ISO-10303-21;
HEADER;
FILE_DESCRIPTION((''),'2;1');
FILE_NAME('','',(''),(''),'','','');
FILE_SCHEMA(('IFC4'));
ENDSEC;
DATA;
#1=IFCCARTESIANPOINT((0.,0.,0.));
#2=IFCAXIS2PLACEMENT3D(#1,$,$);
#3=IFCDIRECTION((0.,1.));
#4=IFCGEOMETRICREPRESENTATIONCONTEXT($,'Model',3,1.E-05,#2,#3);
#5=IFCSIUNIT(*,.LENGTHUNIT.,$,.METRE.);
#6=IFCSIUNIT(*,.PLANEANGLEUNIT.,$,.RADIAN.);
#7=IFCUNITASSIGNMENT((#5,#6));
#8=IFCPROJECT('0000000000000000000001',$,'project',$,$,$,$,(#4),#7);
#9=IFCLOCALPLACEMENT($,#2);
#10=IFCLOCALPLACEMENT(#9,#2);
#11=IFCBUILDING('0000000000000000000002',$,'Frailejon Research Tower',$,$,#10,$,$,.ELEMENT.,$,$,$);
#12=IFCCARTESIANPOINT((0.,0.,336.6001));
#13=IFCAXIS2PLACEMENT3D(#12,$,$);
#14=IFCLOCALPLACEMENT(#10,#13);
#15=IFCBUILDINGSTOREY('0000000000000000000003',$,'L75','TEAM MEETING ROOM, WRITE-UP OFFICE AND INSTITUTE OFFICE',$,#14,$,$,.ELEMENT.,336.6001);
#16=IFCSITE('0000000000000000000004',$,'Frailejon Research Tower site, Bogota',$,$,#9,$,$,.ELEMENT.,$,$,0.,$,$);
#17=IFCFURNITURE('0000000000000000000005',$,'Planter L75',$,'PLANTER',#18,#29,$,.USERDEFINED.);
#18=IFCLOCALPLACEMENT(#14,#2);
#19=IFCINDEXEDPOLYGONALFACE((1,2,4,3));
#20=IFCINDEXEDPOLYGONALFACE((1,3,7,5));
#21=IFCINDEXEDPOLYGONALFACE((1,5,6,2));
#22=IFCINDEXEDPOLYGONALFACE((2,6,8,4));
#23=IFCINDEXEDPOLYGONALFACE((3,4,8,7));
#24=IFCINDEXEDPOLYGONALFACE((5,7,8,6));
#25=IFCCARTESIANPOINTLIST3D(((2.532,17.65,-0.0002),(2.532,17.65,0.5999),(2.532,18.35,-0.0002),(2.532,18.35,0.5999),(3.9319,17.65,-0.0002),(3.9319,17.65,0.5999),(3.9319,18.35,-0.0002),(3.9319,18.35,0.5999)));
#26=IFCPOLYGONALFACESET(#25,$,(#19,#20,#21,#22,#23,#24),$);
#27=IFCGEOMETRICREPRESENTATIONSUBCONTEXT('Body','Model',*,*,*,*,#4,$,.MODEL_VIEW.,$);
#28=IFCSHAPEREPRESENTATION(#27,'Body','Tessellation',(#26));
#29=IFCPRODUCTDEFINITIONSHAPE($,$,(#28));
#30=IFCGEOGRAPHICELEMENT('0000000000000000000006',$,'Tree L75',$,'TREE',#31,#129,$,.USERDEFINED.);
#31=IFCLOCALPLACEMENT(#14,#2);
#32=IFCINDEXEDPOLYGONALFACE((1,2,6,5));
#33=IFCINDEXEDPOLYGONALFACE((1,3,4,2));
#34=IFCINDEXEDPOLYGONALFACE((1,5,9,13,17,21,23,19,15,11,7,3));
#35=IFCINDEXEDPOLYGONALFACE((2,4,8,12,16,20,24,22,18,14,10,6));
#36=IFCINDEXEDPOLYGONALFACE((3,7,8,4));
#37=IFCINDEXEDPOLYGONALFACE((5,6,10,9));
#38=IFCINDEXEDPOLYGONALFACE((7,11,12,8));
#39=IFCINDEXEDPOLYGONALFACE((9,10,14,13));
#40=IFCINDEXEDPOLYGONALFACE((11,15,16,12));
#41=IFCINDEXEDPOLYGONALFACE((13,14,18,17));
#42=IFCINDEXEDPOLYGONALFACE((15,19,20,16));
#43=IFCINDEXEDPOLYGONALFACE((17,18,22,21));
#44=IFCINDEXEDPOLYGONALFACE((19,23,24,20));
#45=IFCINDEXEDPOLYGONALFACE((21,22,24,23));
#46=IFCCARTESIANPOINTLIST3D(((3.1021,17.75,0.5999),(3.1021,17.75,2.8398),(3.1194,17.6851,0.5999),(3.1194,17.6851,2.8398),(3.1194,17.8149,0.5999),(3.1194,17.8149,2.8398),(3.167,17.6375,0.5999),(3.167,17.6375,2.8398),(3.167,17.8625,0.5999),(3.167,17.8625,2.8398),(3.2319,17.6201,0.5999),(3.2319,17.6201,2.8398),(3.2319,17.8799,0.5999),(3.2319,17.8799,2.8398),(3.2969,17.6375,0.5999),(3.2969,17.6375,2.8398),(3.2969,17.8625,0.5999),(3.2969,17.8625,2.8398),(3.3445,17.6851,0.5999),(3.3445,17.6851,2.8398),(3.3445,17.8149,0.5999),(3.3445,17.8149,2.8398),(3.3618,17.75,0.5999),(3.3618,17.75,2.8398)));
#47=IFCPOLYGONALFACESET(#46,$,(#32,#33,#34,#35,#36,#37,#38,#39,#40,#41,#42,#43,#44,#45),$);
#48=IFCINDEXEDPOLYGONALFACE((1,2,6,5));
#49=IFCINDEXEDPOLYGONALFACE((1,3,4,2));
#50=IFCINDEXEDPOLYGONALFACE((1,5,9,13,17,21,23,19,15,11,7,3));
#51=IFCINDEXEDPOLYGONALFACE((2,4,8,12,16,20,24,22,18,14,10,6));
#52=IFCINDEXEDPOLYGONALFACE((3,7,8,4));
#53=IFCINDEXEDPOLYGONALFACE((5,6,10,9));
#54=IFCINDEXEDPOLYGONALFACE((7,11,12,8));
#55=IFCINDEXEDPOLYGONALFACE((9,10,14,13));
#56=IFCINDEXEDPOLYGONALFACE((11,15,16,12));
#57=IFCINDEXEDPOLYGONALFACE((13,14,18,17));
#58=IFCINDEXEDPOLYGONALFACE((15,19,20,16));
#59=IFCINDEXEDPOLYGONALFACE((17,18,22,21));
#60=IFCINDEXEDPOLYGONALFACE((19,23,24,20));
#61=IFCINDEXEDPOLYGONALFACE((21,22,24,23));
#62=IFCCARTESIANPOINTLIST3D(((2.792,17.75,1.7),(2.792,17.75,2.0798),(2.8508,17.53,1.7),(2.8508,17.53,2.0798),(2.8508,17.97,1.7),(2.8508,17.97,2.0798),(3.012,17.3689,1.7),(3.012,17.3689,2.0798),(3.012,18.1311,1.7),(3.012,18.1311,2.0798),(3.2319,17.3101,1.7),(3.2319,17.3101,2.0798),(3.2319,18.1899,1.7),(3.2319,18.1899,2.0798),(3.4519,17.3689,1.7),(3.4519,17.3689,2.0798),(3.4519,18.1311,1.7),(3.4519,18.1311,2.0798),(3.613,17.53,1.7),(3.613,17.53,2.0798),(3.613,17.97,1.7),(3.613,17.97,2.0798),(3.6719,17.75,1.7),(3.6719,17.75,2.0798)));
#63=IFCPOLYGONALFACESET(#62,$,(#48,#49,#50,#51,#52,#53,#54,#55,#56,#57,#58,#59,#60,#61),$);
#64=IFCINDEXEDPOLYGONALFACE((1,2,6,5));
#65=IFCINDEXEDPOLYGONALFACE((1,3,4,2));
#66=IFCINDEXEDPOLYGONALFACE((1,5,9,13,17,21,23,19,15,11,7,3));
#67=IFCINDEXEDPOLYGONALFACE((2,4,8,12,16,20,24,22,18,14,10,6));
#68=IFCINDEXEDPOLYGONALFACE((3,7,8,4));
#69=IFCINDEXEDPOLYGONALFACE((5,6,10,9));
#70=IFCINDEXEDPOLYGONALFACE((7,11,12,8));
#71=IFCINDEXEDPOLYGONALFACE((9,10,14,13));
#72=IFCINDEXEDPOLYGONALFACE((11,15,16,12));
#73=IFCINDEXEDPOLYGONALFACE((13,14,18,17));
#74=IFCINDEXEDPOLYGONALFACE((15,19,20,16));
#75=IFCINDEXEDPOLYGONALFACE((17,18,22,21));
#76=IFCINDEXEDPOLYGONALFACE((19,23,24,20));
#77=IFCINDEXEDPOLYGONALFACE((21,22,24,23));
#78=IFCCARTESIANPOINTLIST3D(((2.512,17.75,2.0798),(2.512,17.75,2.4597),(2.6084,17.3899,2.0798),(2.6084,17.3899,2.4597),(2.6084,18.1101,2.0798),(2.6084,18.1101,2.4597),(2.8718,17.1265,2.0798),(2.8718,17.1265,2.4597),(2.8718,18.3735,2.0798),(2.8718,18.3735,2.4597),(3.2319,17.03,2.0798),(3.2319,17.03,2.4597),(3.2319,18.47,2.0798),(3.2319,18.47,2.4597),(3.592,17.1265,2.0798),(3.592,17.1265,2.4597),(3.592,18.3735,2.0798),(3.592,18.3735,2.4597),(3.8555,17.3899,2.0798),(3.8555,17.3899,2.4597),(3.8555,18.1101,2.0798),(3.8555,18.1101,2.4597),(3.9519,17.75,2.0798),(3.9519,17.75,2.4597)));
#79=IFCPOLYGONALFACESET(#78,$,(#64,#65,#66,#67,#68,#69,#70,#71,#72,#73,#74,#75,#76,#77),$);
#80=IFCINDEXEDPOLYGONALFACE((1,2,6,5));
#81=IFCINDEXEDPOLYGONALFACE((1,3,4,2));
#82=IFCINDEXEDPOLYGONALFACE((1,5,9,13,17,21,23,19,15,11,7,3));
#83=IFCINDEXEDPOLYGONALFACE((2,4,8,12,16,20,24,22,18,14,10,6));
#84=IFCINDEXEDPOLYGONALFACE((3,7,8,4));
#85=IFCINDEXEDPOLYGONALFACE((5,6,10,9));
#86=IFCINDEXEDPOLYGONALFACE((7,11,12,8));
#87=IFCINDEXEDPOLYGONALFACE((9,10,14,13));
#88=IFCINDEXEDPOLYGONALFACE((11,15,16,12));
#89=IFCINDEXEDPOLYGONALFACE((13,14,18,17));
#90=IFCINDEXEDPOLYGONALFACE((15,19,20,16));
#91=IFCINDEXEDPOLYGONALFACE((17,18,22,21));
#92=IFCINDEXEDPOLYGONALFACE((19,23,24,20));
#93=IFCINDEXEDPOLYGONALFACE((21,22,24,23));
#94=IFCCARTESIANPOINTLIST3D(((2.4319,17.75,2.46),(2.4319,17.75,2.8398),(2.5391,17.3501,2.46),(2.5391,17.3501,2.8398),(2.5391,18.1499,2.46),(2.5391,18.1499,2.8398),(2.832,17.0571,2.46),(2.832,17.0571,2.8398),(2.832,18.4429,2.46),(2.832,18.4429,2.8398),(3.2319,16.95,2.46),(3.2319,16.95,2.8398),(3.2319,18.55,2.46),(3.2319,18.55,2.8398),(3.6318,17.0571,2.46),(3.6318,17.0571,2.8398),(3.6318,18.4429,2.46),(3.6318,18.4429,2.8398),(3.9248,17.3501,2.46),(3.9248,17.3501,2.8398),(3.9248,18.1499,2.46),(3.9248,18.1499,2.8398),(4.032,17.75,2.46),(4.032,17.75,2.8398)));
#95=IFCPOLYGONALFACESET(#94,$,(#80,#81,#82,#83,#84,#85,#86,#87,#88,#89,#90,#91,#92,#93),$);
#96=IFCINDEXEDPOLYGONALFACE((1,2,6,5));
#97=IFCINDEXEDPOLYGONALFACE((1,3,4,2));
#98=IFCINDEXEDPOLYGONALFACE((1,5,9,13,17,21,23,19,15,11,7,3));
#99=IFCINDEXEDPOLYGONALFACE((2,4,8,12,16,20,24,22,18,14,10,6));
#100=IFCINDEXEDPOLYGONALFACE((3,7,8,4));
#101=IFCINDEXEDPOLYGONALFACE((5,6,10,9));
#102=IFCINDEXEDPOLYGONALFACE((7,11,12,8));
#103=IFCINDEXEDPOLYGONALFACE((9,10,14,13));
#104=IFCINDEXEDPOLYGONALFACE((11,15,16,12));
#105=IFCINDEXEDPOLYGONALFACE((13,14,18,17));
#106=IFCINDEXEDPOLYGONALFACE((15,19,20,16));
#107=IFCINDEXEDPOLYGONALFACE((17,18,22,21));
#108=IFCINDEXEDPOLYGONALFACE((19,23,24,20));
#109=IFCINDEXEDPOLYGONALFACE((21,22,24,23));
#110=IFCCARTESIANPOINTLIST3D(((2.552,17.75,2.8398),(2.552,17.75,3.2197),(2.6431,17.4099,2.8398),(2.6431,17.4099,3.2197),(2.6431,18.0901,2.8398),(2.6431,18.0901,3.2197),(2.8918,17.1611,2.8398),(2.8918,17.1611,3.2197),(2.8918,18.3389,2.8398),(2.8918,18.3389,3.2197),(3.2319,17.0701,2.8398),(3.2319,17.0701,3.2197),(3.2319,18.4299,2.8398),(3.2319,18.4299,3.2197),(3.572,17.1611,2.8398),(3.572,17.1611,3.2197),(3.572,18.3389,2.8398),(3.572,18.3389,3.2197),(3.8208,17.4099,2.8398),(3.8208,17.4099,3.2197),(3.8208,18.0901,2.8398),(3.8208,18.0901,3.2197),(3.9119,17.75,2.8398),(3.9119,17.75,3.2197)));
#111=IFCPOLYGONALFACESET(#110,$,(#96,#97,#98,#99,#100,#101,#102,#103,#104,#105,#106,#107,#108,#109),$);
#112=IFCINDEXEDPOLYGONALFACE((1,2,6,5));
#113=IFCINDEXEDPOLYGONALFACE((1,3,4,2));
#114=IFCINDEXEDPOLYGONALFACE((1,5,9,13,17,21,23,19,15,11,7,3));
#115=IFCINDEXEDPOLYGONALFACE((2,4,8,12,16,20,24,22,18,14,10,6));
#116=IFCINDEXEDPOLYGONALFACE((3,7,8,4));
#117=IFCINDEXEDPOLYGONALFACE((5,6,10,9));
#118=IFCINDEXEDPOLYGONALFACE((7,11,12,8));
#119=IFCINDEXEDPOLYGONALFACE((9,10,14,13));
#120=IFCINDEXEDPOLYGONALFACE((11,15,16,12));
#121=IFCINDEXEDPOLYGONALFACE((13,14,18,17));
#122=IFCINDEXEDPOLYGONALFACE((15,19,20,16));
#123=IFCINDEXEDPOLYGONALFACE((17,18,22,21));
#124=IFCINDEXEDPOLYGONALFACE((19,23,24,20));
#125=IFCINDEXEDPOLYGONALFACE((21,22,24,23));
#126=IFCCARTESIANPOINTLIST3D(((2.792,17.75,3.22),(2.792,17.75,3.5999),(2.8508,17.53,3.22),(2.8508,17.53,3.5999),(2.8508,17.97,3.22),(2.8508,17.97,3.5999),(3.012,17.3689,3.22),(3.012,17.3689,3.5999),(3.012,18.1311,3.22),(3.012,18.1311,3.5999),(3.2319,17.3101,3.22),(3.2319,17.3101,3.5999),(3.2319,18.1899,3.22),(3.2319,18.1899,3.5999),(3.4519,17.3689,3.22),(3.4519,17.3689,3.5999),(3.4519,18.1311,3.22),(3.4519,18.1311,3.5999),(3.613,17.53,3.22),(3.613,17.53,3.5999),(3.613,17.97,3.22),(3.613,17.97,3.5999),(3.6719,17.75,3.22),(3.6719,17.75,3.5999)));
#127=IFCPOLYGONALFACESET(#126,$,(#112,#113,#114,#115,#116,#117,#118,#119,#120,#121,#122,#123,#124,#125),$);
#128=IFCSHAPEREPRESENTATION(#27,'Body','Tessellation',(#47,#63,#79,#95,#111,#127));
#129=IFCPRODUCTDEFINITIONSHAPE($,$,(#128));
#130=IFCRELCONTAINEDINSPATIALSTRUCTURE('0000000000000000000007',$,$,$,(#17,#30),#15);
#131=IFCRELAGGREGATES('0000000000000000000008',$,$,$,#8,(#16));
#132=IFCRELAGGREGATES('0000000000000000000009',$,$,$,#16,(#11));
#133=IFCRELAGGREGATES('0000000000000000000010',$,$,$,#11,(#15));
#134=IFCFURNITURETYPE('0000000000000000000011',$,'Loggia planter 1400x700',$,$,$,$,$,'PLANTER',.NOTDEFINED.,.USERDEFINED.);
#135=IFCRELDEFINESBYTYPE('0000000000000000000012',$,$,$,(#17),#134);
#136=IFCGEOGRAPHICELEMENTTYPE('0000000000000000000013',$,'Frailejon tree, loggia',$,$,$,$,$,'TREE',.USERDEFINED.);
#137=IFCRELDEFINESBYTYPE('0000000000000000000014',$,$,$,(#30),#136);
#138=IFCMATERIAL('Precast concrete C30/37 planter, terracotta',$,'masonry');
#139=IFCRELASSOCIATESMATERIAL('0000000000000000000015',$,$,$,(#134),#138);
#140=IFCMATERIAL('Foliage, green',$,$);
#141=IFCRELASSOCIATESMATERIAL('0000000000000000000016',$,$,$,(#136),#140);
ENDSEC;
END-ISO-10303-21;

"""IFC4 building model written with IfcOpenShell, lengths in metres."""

from ifc_helpers import new_model, si_unit, direction, frame, origin, origin_2d, place, context, subcontext, project, spatial, polyline, rectangle, outline, extrude, material, type_object, element, save


model = new_model("IFC4")

# Units and contexts
model_context = context("Model", 3, precision=1e-05, world=origin(), true_north=direction((0.0, 1.0)))
body_context = subcontext(model_context, "Body", "Model", "MODEL_VIEW")
ifc_project = project(units=[si_unit("LENGTHUNIT", "METRE"), si_unit("PLANEANGLEUNIT", "RADIAN")], contexts=[model_context])

# Site, building, storey
site_placement = place(None, origin())
site = spatial("IfcSite", under=ifc_project, at=site_placement, Name="Frailejon Research Tower site, Bogota", CompositionType="ELEMENT", RefElevation=0.0)
building_placement = place(site_placement, origin())
building = spatial("IfcBuilding", under=site, at=building_placement, Name="Frailejon Research Tower", CompositionType="ELEMENT")
storey_placement = place(building_placement, frame((0.0, 0.0, 336.6001)))
storey = spatial("IfcBuildingStorey", under=building, at=storey_placement, Name="L75", Description="TEAM MEETING ROOM, WRITE-UP OFFICE AND INSTITUTE OFFICE", CompositionType="ELEMENT", Elevation=336.6001)

# Furniture
ifc_material_1 = material(Name="Precast concrete C30/37 planter, terracotta", Category="masonry")
furniture_type = type_object("IfcFurnitureType", Name="Loggia planter 1400x700", ElementType="PLANTER", AssemblyPlace="NOTDEFINED", PredefinedType="USERDEFINED", material=ifc_material_1)
furniture_placement = place(storey_placement, frame((3.2319, 18.0, -0.0002), z_axis=(0.0, 0.0, 1.0), x_axis=(-1.0, 0.0, 0.0)))
element("IfcFurniture", 1, at=furniture_placement, inside=storey, type_object=furniture_type, Name="Planter L75", ObjectType="PLANTER", PredefinedType="USERDEFINED", context=body_context, shape_type="SweptSolid", body=[
    extrude(rectangle(XDim=1.3999, YDim=0.7, at=origin_2d()), origin(), (0.0, 0.0, 1.0), 0.6001),
])

# Geographic element
ifc_material_2 = material(Name="Foliage, green")
geographic_element_type = type_object("IfcGeographicElementType", Name="Frailejon tree, loggia", ElementType="TREE", PredefinedType="USERDEFINED", material=ifc_material_2)
geographic_element_placement = place(storey_placement, frame((3.2319, 17.75, 0.5999)))
element("IfcGeographicElement", 2, at=geographic_element_placement, inside=storey, type_object=geographic_element_type, Name="Tree L75", ObjectType="TREE", PredefinedType="USERDEFINED", context=body_context, shape_type="SweptSolid", body=[
    extrude(outline(polyline([(0.1299, 0.0), (0.1125, 0.0649), (0.0649, 0.1125), (0.0, 0.1299), (-0.0649, 0.1125), (-0.1125, 0.0649), (-0.1299, 0.0), (-0.1125, -0.0649), (-0.0649, -0.1125), (0.0, -0.1299), (0.0649, -0.1125), (0.1125, -0.0649), (0.1299, 0.0)])), origin(), (0.0, 0.0, 1.0), 2.24),
    extrude(outline(polyline([(0.4399, 0.0), (0.3811, 0.22), (0.22, 0.3811), (0.0, 0.4399), (-0.22, 0.3811), (-0.3811, 0.22), (-0.4399, 0.0), (-0.3811, -0.22), (-0.22, -0.3811), (0.0, -0.4399), (0.22, -0.3811), (0.3811, -0.22), (0.4399, 0.0)])), frame((0.0, 0.0, 1.1001)), (0.0, 0.0, 1.0), 0.3799),
    extrude(outline(polyline([(0.72, 0.0), (0.6235, 0.3601), (0.3601, 0.6235), (0.0, 0.72), (-0.3601, 0.6235), (-0.6235, 0.3601), (-0.72, 0.0), (-0.6235, -0.3601), (-0.3601, -0.6235), (0.0, -0.72), (0.3601, -0.6235), (0.6235, -0.3601), (0.72, 0.0)])), frame((0.0, 0.0, 1.48)), (0.0, 0.0, 1.0), 0.3799),
    extrude(outline(polyline([(0.8, 0.0), (0.6929, 0.3999), (0.3999, 0.6929), (0.0, 0.8), (-0.3999, 0.6929), (-0.6929, 0.3999), (-0.8, 0.0), (-0.6929, -0.3999), (-0.3999, -0.6929), (0.0, -0.8), (0.3999, -0.6929), (0.6929, -0.3999), (0.8, 0.0)])), frame((0.0, 0.0, 1.8601)), (0.0, 0.0, 1.0), 0.3799),
    extrude(outline(polyline([(0.6799, 0.0), (0.5889, 0.3401), (0.3401, 0.5889), (0.0, 0.6799), (-0.3401, 0.5889), (-0.5889, 0.3401), (-0.6799, 0.0), (-0.5889, -0.3401), (-0.3401, -0.5889), (0.0, -0.6799), (0.3401, -0.5889), (0.5889, -0.3401), (0.6799, 0.0)])), frame((0.0, 0.0, 2.24)), (0.0, 0.0, 1.0), 0.3799),
    extrude(outline(polyline([(0.4399, 0.0), (0.3811, 0.22), (0.22, 0.3811), (0.0, 0.4399), (-0.22, 0.3811), (-0.3811, 0.22), (-0.4399, 0.0), (-0.3811, -0.22), (-0.22, -0.3811), (0.0, -0.4399), (0.22, -0.3811), (0.3811, -0.22), (0.4399, 0.0)])), frame((0.0, 0.0, 2.6201)), (0.0, 0.0, 1.0), 0.3799),
])

save(model, "model.ifc")
